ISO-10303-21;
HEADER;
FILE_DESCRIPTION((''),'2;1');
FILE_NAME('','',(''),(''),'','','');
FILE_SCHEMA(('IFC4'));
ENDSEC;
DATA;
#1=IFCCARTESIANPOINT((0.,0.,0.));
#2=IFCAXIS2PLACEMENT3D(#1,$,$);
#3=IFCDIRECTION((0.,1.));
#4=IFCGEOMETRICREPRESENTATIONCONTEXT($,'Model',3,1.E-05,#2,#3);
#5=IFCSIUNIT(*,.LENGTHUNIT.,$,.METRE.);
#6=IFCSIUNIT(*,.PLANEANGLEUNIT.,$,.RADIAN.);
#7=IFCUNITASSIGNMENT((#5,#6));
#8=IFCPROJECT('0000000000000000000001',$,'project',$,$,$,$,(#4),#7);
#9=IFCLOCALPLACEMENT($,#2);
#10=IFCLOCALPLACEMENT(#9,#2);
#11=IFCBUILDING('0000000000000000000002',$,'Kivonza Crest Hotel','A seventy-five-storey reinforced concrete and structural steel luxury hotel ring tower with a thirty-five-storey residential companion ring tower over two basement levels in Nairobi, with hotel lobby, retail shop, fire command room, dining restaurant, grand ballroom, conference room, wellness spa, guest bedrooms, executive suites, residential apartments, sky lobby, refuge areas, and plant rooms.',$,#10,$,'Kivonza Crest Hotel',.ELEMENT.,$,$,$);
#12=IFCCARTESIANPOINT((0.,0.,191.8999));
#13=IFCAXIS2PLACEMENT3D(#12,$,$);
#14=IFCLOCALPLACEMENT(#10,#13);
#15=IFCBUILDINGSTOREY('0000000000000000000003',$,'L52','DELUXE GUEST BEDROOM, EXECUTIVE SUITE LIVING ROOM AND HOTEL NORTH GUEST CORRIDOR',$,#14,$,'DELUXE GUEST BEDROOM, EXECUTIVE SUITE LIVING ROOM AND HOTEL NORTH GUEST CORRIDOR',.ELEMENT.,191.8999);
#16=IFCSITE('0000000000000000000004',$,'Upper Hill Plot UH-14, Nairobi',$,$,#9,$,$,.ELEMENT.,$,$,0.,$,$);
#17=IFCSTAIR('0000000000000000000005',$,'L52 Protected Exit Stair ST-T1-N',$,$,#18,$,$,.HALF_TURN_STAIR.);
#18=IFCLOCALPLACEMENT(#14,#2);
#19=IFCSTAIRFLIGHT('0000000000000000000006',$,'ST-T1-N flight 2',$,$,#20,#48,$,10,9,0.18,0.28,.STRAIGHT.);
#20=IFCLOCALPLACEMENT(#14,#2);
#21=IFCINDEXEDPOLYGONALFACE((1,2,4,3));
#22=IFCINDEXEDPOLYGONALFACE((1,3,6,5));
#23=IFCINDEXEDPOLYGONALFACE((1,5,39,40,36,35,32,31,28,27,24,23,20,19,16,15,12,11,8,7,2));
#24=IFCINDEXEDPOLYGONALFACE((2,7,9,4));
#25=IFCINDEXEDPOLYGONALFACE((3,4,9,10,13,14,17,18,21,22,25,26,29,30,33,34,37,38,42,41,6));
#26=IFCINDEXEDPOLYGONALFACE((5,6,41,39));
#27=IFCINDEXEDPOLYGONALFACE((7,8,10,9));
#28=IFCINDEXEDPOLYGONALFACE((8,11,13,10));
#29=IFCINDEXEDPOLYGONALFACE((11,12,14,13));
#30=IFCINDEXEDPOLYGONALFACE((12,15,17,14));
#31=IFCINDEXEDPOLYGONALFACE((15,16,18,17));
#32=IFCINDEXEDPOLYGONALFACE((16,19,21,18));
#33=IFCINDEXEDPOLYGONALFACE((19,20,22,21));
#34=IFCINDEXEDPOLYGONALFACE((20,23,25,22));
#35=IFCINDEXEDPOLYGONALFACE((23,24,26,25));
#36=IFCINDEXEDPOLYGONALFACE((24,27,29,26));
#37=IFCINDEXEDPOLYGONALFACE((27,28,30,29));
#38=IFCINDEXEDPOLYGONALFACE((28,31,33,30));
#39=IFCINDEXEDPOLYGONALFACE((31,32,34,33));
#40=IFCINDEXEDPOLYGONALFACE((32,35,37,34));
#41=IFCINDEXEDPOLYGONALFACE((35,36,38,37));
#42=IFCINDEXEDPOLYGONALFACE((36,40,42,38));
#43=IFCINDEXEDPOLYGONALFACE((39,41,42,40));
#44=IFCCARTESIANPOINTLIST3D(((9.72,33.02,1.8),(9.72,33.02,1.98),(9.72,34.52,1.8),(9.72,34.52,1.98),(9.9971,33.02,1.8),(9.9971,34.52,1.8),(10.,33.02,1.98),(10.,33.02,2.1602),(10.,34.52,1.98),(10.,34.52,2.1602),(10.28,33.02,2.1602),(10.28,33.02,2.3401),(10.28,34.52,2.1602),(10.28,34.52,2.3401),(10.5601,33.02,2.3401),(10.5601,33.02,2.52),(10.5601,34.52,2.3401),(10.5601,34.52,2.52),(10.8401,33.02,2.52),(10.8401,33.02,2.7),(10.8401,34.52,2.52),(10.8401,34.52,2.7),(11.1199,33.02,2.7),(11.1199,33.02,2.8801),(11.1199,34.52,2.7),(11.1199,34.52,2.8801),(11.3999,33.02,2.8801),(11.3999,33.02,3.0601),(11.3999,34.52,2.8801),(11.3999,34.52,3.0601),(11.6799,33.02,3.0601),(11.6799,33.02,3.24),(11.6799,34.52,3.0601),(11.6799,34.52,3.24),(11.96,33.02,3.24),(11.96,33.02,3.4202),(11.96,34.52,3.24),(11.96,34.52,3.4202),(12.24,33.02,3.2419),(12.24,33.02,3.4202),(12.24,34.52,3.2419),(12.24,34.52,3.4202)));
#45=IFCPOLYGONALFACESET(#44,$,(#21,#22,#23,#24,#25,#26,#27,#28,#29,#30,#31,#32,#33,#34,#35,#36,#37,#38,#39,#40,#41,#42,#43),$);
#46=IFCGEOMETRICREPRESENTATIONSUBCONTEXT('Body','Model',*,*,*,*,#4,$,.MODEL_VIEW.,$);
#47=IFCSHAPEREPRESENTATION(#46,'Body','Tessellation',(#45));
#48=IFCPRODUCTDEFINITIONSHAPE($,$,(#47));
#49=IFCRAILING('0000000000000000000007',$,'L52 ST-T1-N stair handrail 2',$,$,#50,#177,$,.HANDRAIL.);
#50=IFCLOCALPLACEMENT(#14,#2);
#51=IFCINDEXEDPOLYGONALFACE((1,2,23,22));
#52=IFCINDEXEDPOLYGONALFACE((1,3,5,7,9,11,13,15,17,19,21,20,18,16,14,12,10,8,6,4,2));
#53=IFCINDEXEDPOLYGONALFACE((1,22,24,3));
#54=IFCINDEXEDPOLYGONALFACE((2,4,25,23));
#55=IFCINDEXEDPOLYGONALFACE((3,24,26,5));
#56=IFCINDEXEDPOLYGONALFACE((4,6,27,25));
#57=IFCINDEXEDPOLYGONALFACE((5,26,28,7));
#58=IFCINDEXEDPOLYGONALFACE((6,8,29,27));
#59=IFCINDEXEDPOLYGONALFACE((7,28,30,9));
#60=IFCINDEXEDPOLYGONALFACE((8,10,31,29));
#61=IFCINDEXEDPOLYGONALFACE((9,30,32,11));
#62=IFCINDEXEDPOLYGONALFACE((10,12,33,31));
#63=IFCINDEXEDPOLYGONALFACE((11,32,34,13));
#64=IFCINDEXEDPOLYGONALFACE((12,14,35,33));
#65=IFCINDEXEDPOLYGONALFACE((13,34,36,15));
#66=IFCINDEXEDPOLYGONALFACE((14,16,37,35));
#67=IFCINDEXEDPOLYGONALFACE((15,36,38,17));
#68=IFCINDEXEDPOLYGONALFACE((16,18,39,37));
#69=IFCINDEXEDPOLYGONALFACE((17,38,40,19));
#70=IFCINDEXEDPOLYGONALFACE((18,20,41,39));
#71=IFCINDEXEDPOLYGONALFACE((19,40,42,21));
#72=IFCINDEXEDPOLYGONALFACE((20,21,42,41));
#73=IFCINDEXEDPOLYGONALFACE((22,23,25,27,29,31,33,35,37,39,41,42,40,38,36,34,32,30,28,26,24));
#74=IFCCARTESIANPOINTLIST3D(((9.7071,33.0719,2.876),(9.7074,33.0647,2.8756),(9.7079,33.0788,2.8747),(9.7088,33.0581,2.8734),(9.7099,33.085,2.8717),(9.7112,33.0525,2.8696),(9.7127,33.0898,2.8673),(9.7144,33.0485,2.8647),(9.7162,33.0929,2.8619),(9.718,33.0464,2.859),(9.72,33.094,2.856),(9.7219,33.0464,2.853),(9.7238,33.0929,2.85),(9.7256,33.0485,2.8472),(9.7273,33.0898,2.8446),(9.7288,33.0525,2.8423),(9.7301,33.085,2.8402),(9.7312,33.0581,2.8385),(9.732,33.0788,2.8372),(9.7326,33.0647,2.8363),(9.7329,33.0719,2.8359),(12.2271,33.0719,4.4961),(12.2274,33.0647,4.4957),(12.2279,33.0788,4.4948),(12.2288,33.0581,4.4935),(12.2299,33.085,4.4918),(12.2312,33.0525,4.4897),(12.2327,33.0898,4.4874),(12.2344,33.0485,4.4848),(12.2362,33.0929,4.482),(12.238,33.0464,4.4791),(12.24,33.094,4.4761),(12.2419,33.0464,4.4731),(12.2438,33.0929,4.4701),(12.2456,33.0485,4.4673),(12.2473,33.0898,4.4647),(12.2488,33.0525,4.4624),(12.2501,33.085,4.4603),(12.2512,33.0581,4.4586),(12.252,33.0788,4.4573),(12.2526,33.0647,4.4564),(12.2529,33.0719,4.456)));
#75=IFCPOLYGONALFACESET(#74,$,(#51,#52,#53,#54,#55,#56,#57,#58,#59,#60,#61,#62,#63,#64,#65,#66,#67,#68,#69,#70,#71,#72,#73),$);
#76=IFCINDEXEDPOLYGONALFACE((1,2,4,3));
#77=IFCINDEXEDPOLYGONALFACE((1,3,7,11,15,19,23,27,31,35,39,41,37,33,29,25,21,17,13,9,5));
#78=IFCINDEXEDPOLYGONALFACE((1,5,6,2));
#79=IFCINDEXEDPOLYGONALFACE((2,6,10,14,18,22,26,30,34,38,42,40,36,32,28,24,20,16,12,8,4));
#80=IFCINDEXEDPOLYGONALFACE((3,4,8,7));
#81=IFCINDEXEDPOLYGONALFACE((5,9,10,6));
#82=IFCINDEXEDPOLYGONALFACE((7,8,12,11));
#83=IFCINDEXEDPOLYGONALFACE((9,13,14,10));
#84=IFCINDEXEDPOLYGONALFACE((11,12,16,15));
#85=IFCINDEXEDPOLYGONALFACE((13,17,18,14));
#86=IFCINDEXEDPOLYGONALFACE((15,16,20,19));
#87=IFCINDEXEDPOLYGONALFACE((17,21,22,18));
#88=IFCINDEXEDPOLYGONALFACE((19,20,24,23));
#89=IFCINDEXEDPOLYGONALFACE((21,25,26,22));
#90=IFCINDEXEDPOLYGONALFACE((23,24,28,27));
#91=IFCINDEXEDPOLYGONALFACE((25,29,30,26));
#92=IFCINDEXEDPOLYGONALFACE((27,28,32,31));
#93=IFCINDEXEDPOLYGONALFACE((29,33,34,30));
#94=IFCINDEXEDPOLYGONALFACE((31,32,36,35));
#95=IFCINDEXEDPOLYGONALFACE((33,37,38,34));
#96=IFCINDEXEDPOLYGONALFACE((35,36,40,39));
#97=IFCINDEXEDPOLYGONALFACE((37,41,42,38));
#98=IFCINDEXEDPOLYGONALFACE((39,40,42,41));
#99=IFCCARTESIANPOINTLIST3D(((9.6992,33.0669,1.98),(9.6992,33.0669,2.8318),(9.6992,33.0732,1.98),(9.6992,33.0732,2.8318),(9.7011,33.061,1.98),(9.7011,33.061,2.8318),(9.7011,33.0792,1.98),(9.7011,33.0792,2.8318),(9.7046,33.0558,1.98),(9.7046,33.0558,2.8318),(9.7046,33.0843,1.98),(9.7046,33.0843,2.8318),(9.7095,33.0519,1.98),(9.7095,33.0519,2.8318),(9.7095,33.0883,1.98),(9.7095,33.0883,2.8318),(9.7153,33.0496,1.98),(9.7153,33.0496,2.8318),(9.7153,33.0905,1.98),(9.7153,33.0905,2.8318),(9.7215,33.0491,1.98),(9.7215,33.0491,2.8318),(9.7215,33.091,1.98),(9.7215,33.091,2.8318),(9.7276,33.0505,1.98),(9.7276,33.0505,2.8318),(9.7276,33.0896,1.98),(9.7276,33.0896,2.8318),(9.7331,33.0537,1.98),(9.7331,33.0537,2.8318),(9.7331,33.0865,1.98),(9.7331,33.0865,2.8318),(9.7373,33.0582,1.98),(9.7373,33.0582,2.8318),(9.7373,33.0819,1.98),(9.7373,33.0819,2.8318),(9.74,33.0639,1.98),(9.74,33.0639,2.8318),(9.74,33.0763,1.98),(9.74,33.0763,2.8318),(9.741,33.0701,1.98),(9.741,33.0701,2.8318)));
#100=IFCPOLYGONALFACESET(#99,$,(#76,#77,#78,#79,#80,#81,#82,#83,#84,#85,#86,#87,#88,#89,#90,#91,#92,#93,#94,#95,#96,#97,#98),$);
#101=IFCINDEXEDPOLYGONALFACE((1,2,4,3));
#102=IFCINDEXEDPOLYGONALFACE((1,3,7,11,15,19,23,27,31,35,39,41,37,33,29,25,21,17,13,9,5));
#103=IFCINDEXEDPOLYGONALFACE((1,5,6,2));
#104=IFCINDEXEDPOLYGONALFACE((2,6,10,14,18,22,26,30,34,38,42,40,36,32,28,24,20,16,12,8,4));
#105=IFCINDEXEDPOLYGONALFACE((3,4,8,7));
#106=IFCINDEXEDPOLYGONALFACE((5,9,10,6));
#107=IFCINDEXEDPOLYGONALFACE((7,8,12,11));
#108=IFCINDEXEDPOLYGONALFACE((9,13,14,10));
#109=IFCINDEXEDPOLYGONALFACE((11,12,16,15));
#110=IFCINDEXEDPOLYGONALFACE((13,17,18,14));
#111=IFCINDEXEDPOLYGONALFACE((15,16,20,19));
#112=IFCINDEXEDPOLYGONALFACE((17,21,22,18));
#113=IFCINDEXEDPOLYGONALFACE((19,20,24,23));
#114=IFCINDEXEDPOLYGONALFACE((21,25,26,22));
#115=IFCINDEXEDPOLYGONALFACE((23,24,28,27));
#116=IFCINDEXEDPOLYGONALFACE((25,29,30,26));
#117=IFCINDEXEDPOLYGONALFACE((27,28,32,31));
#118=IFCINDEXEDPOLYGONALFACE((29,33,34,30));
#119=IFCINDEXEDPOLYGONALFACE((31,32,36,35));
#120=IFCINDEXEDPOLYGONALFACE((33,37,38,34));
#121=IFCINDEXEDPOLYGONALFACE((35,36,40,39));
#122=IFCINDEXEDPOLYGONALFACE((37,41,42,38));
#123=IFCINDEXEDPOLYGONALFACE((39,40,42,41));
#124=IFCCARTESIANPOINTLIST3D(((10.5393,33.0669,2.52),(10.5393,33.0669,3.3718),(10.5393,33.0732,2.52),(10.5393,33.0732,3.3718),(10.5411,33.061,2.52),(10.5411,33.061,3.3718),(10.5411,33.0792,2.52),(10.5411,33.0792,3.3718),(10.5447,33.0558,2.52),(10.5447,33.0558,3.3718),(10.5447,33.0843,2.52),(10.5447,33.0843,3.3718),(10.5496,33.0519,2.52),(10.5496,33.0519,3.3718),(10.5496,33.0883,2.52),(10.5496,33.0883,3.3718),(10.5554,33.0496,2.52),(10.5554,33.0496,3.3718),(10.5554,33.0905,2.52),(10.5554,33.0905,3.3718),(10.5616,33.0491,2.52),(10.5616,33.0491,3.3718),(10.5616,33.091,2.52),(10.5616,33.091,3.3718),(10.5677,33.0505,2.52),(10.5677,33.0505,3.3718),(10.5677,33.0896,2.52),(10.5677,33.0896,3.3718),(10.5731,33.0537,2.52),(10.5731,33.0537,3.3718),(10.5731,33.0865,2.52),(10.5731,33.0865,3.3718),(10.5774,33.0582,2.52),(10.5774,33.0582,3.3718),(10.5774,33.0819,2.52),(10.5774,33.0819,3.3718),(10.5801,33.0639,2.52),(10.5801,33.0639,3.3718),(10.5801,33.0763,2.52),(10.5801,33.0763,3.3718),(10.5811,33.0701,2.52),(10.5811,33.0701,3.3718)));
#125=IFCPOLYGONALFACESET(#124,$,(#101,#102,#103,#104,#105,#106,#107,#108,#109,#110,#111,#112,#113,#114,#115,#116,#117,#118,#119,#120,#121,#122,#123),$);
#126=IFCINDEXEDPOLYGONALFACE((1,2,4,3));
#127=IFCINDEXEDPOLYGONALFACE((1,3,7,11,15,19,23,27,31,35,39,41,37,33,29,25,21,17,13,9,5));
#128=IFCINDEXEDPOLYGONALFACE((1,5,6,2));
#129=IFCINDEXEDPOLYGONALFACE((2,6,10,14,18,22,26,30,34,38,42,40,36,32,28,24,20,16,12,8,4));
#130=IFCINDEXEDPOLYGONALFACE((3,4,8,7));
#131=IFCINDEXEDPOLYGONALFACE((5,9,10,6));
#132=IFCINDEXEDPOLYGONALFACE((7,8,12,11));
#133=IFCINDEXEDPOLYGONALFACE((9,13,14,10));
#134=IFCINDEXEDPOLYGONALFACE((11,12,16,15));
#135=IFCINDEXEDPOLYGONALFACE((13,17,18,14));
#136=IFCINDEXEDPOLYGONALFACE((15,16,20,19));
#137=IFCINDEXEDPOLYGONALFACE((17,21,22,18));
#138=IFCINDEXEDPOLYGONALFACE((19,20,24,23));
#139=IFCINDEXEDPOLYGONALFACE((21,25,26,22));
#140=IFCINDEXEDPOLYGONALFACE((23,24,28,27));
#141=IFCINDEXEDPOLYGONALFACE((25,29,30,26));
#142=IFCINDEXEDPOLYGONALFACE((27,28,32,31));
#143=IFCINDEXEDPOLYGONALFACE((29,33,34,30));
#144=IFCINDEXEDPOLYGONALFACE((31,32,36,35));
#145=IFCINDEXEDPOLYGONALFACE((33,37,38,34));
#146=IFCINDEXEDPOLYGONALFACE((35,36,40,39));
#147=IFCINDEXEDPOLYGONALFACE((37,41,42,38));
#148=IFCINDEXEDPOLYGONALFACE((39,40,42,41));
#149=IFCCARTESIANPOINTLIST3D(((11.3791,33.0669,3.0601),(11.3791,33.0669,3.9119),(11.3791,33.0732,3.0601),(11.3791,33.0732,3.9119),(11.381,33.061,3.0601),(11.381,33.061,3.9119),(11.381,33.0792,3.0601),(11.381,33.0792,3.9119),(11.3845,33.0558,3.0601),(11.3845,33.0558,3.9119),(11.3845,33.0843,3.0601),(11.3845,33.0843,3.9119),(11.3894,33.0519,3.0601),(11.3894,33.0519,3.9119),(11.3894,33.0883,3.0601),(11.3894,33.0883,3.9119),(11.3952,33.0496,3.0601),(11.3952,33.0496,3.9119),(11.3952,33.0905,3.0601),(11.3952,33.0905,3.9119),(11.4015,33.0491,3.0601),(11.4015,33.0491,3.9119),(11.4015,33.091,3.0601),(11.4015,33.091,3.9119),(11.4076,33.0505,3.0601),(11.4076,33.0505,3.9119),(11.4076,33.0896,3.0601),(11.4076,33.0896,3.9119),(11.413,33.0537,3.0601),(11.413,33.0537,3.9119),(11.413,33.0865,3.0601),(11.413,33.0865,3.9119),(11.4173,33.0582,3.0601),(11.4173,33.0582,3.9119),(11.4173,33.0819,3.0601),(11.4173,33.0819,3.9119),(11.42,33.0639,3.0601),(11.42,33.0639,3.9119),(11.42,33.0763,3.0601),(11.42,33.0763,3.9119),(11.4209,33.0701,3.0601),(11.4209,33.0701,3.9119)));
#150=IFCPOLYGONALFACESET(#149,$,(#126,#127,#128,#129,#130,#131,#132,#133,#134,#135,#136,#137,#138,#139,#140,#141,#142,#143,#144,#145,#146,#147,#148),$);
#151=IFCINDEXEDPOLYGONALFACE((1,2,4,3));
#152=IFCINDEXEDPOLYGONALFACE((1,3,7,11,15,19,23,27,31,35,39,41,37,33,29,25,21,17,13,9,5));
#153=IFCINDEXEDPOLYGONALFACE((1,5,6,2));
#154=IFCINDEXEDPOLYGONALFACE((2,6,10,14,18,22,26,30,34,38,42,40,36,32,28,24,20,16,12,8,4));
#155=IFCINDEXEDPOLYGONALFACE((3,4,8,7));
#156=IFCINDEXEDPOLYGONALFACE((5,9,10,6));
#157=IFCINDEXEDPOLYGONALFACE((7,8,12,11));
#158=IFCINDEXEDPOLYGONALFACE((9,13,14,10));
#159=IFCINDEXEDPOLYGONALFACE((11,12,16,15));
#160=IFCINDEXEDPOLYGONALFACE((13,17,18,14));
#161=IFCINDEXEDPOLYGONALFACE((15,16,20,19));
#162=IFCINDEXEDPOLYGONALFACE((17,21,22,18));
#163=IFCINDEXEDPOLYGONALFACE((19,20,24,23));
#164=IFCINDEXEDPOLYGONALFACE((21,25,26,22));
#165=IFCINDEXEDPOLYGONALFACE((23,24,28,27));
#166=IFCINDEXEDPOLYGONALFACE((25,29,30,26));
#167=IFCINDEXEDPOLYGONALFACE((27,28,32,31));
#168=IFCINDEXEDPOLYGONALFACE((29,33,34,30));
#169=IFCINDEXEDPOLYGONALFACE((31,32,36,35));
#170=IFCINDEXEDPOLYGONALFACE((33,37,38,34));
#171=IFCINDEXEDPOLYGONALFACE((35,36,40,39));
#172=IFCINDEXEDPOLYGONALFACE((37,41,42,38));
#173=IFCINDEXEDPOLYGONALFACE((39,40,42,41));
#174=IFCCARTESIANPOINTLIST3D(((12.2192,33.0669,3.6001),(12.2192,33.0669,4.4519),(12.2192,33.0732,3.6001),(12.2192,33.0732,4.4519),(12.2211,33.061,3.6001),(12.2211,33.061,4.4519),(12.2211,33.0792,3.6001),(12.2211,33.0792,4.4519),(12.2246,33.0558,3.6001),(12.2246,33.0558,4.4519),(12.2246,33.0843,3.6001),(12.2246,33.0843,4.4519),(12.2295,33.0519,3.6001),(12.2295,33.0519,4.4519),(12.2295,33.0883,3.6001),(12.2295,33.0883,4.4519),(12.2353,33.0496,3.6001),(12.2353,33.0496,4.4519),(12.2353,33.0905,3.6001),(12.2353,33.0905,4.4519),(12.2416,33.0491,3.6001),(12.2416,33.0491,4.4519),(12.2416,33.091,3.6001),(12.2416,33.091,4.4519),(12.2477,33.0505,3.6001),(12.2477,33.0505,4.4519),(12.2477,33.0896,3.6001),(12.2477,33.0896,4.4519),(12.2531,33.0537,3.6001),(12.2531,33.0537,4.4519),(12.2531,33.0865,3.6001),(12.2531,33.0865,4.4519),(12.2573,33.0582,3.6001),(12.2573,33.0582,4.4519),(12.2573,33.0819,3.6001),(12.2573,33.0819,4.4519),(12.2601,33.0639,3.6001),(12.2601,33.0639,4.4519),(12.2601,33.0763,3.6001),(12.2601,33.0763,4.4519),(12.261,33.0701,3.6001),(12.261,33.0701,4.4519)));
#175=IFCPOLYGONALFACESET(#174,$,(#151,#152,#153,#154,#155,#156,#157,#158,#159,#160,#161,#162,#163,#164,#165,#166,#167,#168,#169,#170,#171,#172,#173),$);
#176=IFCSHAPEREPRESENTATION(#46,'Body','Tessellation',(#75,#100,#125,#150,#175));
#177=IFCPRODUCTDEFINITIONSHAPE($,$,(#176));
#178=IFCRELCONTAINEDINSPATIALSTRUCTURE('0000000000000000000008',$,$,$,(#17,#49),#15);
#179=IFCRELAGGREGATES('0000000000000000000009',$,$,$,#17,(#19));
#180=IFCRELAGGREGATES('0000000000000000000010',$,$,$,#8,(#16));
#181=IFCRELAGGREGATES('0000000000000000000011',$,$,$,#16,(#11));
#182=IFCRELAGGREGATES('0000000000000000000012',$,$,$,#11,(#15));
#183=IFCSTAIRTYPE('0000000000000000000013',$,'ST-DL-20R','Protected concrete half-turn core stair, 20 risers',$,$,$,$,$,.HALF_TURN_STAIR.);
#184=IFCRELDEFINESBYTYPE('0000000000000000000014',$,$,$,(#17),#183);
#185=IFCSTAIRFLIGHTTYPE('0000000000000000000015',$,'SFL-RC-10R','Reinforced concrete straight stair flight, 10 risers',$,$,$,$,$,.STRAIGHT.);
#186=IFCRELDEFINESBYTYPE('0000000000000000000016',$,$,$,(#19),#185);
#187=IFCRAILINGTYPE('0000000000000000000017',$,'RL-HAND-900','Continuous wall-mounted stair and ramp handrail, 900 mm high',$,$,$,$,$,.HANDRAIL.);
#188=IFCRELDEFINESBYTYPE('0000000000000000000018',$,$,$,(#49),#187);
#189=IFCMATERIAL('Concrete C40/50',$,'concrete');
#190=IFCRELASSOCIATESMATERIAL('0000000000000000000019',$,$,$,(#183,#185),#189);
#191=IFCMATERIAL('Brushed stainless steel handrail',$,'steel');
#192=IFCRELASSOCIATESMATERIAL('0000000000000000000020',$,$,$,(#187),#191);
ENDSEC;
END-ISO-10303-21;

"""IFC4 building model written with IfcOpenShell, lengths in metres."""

from ifc_helpers import new_model, si_unit, direction, frame, origin, origin_2d, place, context, subcontext, project, spatial, polyline, circle, outline, extrude, material, type_object, element, aggregate, save


model = new_model("IFC4")

# Units and contexts
model_context = context("Model", 3, precision=1e-05, world=origin(), true_north=direction((0.0, 1.0)))
body_context = subcontext(model_context, "Body", "Model", "MODEL_VIEW")
ifc_project = project(units=[si_unit("LENGTHUNIT", "METRE"), si_unit("PLANEANGLEUNIT", "RADIAN")], contexts=[model_context])

# Site, building, storey
site_placement = place(None, origin())
site = spatial("IfcSite", under=ifc_project, at=site_placement, Name="Upper Hill Plot UH-14, Nairobi", CompositionType="ELEMENT", RefElevation=0.0)
building_placement = place(site_placement, origin())
building = spatial("IfcBuilding", under=site, at=building_placement, Name="Kivonza Crest Hotel", Description="A seventy-five-storey reinforced concrete and structural steel luxury hotel ring tower with a thirty-five-storey residential companion ring tower over two basement levels in Nairobi, with hotel lobby, retail shop, fire command room, dining restaurant, grand ballroom, conference room, wellness spa, guest bedrooms, executive suites, residential apartments, sky lobby, refuge areas, and plant rooms.", LongName="Kivonza Crest Hotel", CompositionType="ELEMENT")
storey_placement = place(building_placement, frame((0.0, 0.0, 191.8999)))
storey = spatial("IfcBuildingStorey", under=building, at=storey_placement, Name="L52", Description="DELUXE GUEST BEDROOM, EXECUTIVE SUITE LIVING ROOM AND HOTEL NORTH GUEST CORRIDOR", LongName="DELUXE GUEST BEDROOM, EXECUTIVE SUITE LIVING ROOM AND HOTEL NORTH GUEST CORRIDOR", CompositionType="ELEMENT", Elevation=191.8999)

# Stair, stair flight
ifc_material_1 = material(Name="Concrete C40/50", Category="concrete")
stair_type = type_object("IfcStairType", Name="ST-DL-20R", Description="Protected concrete half-turn core stair, 20 risers", PredefinedType="HALF_TURN_STAIR", material=ifc_material_1)
stair_placement = place(storey_placement, origin())
stair = element("IfcStair", 1, at=stair_placement, inside=storey, type_object=stair_type, Name="L52 Protected Exit Stair ST-T1-N", PredefinedType="HALF_TURN_STAIR")
stair_flight_type = type_object("IfcStairFlightType", Name="SFL-RC-10R", Description="Reinforced concrete straight stair flight, 10 risers", PredefinedType="STRAIGHT", material=ifc_material_1)
stair_flight_placement = place(storey_placement, frame((9.72, 33.77, 1.8), z_axis=(0.0, 0.0, 1.0), x_axis=(1.0, 0.0, 0.0)))
stair_flight = element("IfcStairFlight", 2, at=stair_flight_placement, type_object=stair_flight_type, Name="ST-T1-N flight 2", NumberOfRisers=10, NumberOfTreads=9, PredefinedType="STRAIGHT", RiserHeight=0.18, TreadLength=0.28, context=body_context, shape_type="SweptSolid", body=[
    extrude(outline(polyline([(0.0, 0.0), (0.0, 0.1799), (0.28, 0.1799), (0.28, 0.3601), (0.5601, 0.3601), (0.5601, 0.54), (0.8401, 0.54), (0.8401, 0.72), (1.1201, 0.72), (1.1201, 0.8999), (1.3999, 0.8999), (1.3999, 1.0801), (1.6799, 1.0801), (1.6799, 1.26), (1.96, 1.26), (1.96, 1.4399), (2.24, 1.4399), (2.24, 1.6201), (2.52, 1.6201), (2.52, 1.8), (2.52, 1.4419), (0.2771, 0.0), (0.0, 0.0)])), frame((0.0, 0.75, 0.0), z_axis=(0.0, -1.0, 0.0), x_axis=(1.0, 0.0, 0.0)), (0.0, 0.0, 1.0), 1.5),
])
aggregate(stair, [stair_flight])

# Railing
ifc_material_2 = material(Name="Brushed stainless steel handrail", Category="steel")
railing_type_1 = type_object("IfcRailingType", Name="RL-HAND-900", Description="Continuous wall-mounted stair and ramp handrail, 900 mm high", PredefinedType="HANDRAIL", material=ifc_material_2)
railing_1_placement = place(storey_placement, frame((9.72, 33.0701, 1.98)))
element("IfcRailing", 3, at=railing_1_placement, inside=storey, type_object=railing_type_1, Name="L52 ST-T1-N stair handrail 2", PredefinedType="HANDRAIL", context=body_context, shape_type="SweptSolid", body=[
    extrude(circle(Radius=0.0239, at=origin_2d()), frame((0.0, 0.0, 0.876), z_axis=(0.841163, 0.0, 0.540782), x_axis=(0.0, 1.0, 0.0)), (0.0, 0.0, 1.0), 2.9958),
    extrude(circle(Radius=0.021, at=origin_2d()), origin(), (0.0, 0.0, 1.0), 0.8518),
    extrude(circle(Radius=0.021, at=origin_2d()), frame((0.8401, 0.0, 0.54)), (0.0, 0.0, 1.0), 0.8518),
    extrude(circle(Radius=0.021, at=origin_2d()), frame((1.6799, 0.0, 1.0801)), (0.0, 0.0, 1.0), 0.8518),
    extrude(circle(Radius=0.021, at=origin_2d()), frame((2.52, 0.0, 1.6201)), (0.0, 0.0, 1.0), 0.8518),
])

save(model, "model.ifc")
